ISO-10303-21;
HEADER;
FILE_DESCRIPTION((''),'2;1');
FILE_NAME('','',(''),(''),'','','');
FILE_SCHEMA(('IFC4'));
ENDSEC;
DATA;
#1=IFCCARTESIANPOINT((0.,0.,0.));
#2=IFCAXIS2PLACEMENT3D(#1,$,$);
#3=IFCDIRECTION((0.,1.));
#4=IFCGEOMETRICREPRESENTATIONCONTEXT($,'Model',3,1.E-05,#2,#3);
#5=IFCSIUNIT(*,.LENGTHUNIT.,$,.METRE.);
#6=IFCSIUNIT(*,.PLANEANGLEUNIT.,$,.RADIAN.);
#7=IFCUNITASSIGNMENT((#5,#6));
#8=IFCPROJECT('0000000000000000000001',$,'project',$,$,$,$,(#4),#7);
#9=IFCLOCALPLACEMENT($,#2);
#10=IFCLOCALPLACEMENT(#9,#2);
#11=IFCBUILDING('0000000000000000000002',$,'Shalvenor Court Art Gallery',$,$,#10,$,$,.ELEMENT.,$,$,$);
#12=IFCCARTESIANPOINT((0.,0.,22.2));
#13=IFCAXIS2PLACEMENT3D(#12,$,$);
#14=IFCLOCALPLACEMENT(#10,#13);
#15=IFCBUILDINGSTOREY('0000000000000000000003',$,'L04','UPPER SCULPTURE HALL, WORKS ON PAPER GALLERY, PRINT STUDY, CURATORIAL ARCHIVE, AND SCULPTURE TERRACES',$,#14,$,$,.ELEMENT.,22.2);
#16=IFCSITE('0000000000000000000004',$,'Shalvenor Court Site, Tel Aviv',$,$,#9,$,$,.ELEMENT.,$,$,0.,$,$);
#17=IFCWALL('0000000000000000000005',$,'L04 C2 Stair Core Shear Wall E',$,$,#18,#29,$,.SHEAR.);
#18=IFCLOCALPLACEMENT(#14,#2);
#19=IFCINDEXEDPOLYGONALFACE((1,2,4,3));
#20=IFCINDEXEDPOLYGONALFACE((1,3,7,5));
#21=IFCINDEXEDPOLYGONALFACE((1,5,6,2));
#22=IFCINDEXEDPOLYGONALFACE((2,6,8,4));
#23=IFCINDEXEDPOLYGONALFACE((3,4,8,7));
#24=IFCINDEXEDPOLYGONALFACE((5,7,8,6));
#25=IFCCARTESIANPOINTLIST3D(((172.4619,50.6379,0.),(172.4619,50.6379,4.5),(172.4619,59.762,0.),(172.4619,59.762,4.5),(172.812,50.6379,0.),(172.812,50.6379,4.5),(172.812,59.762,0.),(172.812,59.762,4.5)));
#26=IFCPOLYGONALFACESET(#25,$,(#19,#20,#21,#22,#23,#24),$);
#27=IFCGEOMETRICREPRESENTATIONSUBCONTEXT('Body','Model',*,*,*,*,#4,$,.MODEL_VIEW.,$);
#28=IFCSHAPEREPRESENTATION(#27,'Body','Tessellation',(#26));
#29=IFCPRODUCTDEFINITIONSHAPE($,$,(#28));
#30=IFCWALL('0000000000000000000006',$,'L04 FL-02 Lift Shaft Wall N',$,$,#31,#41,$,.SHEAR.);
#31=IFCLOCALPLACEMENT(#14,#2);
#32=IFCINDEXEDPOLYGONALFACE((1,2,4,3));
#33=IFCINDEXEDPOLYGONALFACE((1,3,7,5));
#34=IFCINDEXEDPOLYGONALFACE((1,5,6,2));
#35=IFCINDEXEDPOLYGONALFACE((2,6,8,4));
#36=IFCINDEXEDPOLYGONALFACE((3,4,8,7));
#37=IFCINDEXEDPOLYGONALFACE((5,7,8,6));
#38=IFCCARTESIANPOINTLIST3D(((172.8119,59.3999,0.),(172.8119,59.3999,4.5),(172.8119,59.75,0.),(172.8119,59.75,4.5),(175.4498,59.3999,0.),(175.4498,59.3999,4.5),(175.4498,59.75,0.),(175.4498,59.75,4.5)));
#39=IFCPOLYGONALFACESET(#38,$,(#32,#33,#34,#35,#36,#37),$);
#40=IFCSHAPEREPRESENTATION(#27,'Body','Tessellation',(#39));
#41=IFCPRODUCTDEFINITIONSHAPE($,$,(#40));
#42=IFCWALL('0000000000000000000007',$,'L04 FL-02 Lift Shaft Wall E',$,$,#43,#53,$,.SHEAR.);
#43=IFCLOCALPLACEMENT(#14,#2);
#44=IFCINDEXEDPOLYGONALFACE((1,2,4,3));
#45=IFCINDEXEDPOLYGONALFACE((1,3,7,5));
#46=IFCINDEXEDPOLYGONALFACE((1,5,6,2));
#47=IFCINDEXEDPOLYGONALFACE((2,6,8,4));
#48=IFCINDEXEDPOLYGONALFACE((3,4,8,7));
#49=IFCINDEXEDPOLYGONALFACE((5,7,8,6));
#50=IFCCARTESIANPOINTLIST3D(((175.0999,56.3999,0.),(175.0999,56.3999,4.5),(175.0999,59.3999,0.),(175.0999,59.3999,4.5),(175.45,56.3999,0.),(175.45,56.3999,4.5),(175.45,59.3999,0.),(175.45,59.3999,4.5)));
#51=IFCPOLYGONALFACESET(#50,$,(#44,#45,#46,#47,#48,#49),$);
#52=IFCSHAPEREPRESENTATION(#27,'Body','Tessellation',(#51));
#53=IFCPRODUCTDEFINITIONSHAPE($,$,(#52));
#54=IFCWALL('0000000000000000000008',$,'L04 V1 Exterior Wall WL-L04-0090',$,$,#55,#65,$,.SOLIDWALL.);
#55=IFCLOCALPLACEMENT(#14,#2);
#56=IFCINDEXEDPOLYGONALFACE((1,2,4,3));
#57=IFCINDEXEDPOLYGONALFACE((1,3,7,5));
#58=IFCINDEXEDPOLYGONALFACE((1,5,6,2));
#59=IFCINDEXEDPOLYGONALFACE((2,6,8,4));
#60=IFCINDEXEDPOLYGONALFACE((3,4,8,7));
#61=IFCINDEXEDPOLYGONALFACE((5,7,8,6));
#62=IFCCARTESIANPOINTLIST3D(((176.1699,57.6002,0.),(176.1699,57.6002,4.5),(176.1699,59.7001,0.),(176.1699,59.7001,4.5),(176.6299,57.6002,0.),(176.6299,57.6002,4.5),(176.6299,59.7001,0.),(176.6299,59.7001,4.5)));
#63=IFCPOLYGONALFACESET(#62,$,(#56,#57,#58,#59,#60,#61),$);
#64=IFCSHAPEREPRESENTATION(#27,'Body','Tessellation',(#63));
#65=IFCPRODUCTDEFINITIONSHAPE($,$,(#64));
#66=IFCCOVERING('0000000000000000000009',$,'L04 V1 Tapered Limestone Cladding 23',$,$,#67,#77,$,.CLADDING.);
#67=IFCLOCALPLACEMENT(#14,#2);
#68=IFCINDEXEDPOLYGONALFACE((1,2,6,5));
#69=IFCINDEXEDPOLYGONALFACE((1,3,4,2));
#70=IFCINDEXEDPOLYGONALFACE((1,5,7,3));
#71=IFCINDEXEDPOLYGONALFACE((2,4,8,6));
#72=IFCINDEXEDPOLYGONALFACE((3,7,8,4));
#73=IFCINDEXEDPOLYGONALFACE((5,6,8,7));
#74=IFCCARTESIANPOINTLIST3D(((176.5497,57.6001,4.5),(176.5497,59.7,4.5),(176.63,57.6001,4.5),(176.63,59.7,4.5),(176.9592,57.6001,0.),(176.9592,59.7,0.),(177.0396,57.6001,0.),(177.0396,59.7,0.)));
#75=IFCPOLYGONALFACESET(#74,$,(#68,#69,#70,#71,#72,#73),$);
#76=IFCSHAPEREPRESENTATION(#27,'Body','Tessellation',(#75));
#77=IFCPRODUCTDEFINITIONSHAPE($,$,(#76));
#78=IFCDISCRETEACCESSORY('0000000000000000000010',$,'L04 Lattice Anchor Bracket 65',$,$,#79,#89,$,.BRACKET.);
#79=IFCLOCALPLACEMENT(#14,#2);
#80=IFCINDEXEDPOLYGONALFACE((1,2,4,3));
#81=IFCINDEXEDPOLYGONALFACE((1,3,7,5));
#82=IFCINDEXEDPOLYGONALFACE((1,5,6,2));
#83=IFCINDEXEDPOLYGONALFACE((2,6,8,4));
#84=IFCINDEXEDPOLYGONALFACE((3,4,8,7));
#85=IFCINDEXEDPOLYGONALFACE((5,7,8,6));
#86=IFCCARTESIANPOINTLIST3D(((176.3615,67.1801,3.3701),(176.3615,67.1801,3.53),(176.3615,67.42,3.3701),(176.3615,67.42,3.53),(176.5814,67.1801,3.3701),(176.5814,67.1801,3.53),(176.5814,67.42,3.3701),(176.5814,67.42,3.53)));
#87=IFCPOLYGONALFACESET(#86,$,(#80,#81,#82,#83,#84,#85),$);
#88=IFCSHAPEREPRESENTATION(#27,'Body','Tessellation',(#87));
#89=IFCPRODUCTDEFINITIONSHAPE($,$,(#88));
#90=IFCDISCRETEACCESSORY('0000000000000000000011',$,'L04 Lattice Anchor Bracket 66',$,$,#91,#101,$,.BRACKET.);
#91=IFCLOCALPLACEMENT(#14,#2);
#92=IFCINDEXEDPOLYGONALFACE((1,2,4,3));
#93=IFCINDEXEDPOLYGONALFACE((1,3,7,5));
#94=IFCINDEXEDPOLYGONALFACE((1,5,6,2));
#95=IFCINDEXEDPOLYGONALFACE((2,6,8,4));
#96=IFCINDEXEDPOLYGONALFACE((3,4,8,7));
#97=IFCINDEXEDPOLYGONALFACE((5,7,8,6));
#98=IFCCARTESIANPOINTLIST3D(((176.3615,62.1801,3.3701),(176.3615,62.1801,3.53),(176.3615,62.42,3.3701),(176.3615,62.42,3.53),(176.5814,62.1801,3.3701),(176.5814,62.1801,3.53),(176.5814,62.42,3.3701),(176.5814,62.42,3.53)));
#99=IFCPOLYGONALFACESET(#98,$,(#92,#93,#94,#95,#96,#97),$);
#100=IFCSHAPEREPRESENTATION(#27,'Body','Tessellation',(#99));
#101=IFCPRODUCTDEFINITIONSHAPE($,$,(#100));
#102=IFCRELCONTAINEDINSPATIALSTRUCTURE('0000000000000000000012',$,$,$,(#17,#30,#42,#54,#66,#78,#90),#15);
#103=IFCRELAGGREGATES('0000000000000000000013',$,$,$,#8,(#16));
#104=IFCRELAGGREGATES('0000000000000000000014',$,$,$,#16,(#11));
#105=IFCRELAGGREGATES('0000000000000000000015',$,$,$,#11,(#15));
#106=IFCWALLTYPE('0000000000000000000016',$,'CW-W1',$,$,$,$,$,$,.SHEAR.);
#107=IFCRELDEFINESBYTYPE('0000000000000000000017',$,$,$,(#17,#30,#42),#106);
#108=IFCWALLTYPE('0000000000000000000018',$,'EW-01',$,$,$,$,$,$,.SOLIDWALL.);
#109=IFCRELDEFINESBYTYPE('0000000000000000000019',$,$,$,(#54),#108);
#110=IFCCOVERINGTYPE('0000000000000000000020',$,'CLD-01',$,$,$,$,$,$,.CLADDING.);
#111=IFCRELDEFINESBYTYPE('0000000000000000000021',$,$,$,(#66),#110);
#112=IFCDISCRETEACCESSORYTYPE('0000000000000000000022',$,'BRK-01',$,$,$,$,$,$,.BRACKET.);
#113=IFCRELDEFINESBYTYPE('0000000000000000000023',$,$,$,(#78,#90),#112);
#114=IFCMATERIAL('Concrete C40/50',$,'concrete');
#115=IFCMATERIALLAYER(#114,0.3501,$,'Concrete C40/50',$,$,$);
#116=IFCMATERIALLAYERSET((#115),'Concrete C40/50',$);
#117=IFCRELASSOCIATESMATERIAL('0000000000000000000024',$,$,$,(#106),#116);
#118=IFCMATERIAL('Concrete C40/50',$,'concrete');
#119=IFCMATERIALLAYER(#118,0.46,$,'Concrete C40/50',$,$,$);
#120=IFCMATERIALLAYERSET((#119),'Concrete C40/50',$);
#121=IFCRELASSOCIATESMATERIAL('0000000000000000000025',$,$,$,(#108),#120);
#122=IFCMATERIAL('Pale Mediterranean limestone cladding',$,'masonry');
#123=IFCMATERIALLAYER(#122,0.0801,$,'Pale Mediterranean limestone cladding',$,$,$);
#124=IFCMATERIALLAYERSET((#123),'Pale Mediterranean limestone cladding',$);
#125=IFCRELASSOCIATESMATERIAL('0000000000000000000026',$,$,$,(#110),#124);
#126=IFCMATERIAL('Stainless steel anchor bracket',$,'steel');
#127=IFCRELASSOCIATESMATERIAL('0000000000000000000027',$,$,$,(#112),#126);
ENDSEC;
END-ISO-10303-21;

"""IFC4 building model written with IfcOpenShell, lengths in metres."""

from ifc_helpers import new_model, si_unit, direction, frame, frame_2d, origin, origin_2d, place, context, subcontext, project, spatial, polyline, rectangle, outline, extrude, material, layer, layer_set, type_object, element, save


model = new_model("IFC4")

# Units and contexts
model_context = context("Model", 3, precision=1e-05, world=origin(), true_north=direction((0.0, 1.0)))
body_context = subcontext(model_context, "Body", "Model", "MODEL_VIEW")
ifc_project = project(units=[si_unit("LENGTHUNIT", "METRE"), si_unit("PLANEANGLEUNIT", "RADIAN")], contexts=[model_context])

# Site, building, storey
site_placement = place(None, origin())
site = spatial("IfcSite", under=ifc_project, at=site_placement, Name="Shalvenor Court Site, Tel Aviv", CompositionType="ELEMENT", RefElevation=0.0)
building_placement = place(site_placement, origin())
building = spatial("IfcBuilding", under=site, at=building_placement, Name="Shalvenor Court Art Gallery", CompositionType="ELEMENT")
storey_placement = place(building_placement, frame((0.0, 0.0, 22.2)))
storey = spatial("IfcBuildingStorey", under=building, at=storey_placement, Name="L04", Description="UPPER SCULPTURE HALL, WORKS ON PAPER GALLERY, PRINT STUDY, CURATORIAL ARCHIVE, AND SCULPTURE TERRACES", CompositionType="ELEMENT", Elevation=22.2)

# Walls
ifc_material_1 = material(Name="Concrete C40/50", Category="concrete")
ifc_layer_1 = layer(ifc_material_1, 0.3501, Name="Concrete C40/50")
ifc_layer_set_1 = layer_set([ifc_layer_1], Name="Concrete C40/50")
wall_type_1 = type_object("IfcWallType", Name="CW-W1", PredefinedType="SHEAR", material=ifc_layer_set_1)
wall_1_placement = place(storey_placement, frame((172.637, 59.762, 0.0), z_axis=(0.0, 0.0, 1.0), x_axis=(0.0, -1.0, 0.0)))
element("IfcWall", 1, at=wall_1_placement, inside=storey, type_object=wall_type_1, Name="L04 C2 Stair Core Shear Wall E", PredefinedType="SHEAR", context=body_context, shape_type="SweptSolid", body=[
    extrude(rectangle(XDim=9.124, YDim=0.3501, at=frame_2d((4.562, 0.0))), origin(), (0.0, 0.0, 1.0), 4.5),
])
wall_2_placement = place(storey_placement, frame((172.812, 59.575, 0.0), z_axis=(0.0, 0.0, 1.0), x_axis=(1.0, 0.0, 0.0)))
element("IfcWall", 2, at=wall_2_placement, inside=storey, type_object=wall_type_1, Name="L04 FL-02 Lift Shaft Wall N", PredefinedType="SHEAR", context=body_context, shape_type="SweptSolid", body=[
    extrude(rectangle(XDim=2.6379, YDim=0.3501, at=frame_2d((1.3188, 0.0))), origin(), (0.0, 0.0, 1.0), 4.5),
])
wall_3_placement = place(storey_placement, frame((175.2749, 59.3999, 0.0), z_axis=(0.0, 0.0, 1.0), x_axis=(0.0, -1.0, 0.0)))
element("IfcWall", 3, at=wall_3_placement, inside=storey, type_object=wall_type_1, Name="L04 FL-02 Lift Shaft Wall E", PredefinedType="SHEAR", context=body_context, shape_type="SweptSolid", body=[
    extrude(rectangle(XDim=3.0, YDim=0.3501, at=frame_2d((1.5, 0.0))), origin(), (0.0, 0.0, 1.0), 4.5),
])
ifc_material_2 = material(Name="Concrete C40/50", Category="concrete")
ifc_layer_2 = layer(ifc_material_2, 0.46, Name="Concrete C40/50")
ifc_layer_set_2 = layer_set([ifc_layer_2], Name="Concrete C40/50")
wall_type_2 = type_object("IfcWallType", Name="EW-01", PredefinedType="SOLIDWALL", material=ifc_layer_set_2)
wall_4_placement = place(storey_placement, frame((176.3999, 59.7, 0.0), z_axis=(0.0, 0.0, 1.0), x_axis=(0.0, -1.0, 0.0)))
element("IfcWall", 4, at=wall_4_placement, inside=storey, type_object=wall_type_2, Name="L04 V1 Exterior Wall WL-L04-0090", PredefinedType="SOLIDWALL", context=body_context, shape_type="SweptSolid", body=[
    extrude(rectangle(XDim=2.0999, YDim=0.46, at=frame_2d((1.0498, 0.0))), origin(), (0.0, 0.0, 1.0), 4.5),
])

# Covering
ifc_material_3 = material(Name="Pale Mediterranean limestone cladding", Category="masonry")
ifc_layer_3 = layer(ifc_material_3, 0.0801, Name="Pale Mediterranean limestone cladding")
ifc_layer_set_3 = layer_set([ifc_layer_3], Name="Pale Mediterranean limestone cladding")
covering_type = type_object("IfcCoveringType", Name="CLD-01", PredefinedType="CLADDING", material=ifc_layer_set_3)
covering_placement = place(storey_placement, frame((177.0396, 57.6001, 0.0), z_axis=(0.0, 0.0, 1.0), x_axis=(0.0, 1.0, 0.0)))
element("IfcCovering", 5, at=covering_placement, inside=storey, type_object=covering_type, Name="L04 V1 Tapered Limestone Cladding 23", PredefinedType="CLADDING", context=body_context, shape_type="SweptSolid", body=[
    extrude(outline(polyline([(0.0, 0.0), (2.0999, 0.0), (2.0999, 4.5186), (0.0, 4.5186), (0.0, 0.0)])), frame((0.0, 0.0, 0.0), z_axis=(0.0, -0.995884, 0.090633), x_axis=(1.0, 0.0, 0.0)), (0.0, 0.090633, -0.995884), 0.0803),
])

# Discrete accessories
ifc_material_4 = material(Name="Stainless steel anchor bracket", Category="steel")
discrete_accessory_type = type_object("IfcDiscreteAccessoryType", Name="BRK-01", PredefinedType="BRACKET", material=ifc_material_4)
for number, where, z_axis, x_axis, name in (
    (6, (176.4714, 67.3, 3.3701), (0.0, 0.0, 1.0), (0.0, -1.0, 0.0), "L04 Lattice Anchor Bracket 65"),
    (7, (176.4714, 62.3, 3.3701), (0.0, 0.0, 1.0), (0.0, -1.0, 0.0), "L04 Lattice Anchor Bracket 66"),
):
    element("IfcDiscreteAccessory", number, at=place(storey_placement, frame(where, z_axis=z_axis, x_axis=x_axis)), inside=storey, type_object=discrete_accessory_type, Name=name, PredefinedType="BRACKET", context=body_context, shape_type="SweptSolid", body=[
        extrude(rectangle(XDim=0.24, YDim=0.22, at=origin_2d()), origin(), (0.0, 0.0, 1.0), 0.1599),
    ])

save(model, "model.ifc")
